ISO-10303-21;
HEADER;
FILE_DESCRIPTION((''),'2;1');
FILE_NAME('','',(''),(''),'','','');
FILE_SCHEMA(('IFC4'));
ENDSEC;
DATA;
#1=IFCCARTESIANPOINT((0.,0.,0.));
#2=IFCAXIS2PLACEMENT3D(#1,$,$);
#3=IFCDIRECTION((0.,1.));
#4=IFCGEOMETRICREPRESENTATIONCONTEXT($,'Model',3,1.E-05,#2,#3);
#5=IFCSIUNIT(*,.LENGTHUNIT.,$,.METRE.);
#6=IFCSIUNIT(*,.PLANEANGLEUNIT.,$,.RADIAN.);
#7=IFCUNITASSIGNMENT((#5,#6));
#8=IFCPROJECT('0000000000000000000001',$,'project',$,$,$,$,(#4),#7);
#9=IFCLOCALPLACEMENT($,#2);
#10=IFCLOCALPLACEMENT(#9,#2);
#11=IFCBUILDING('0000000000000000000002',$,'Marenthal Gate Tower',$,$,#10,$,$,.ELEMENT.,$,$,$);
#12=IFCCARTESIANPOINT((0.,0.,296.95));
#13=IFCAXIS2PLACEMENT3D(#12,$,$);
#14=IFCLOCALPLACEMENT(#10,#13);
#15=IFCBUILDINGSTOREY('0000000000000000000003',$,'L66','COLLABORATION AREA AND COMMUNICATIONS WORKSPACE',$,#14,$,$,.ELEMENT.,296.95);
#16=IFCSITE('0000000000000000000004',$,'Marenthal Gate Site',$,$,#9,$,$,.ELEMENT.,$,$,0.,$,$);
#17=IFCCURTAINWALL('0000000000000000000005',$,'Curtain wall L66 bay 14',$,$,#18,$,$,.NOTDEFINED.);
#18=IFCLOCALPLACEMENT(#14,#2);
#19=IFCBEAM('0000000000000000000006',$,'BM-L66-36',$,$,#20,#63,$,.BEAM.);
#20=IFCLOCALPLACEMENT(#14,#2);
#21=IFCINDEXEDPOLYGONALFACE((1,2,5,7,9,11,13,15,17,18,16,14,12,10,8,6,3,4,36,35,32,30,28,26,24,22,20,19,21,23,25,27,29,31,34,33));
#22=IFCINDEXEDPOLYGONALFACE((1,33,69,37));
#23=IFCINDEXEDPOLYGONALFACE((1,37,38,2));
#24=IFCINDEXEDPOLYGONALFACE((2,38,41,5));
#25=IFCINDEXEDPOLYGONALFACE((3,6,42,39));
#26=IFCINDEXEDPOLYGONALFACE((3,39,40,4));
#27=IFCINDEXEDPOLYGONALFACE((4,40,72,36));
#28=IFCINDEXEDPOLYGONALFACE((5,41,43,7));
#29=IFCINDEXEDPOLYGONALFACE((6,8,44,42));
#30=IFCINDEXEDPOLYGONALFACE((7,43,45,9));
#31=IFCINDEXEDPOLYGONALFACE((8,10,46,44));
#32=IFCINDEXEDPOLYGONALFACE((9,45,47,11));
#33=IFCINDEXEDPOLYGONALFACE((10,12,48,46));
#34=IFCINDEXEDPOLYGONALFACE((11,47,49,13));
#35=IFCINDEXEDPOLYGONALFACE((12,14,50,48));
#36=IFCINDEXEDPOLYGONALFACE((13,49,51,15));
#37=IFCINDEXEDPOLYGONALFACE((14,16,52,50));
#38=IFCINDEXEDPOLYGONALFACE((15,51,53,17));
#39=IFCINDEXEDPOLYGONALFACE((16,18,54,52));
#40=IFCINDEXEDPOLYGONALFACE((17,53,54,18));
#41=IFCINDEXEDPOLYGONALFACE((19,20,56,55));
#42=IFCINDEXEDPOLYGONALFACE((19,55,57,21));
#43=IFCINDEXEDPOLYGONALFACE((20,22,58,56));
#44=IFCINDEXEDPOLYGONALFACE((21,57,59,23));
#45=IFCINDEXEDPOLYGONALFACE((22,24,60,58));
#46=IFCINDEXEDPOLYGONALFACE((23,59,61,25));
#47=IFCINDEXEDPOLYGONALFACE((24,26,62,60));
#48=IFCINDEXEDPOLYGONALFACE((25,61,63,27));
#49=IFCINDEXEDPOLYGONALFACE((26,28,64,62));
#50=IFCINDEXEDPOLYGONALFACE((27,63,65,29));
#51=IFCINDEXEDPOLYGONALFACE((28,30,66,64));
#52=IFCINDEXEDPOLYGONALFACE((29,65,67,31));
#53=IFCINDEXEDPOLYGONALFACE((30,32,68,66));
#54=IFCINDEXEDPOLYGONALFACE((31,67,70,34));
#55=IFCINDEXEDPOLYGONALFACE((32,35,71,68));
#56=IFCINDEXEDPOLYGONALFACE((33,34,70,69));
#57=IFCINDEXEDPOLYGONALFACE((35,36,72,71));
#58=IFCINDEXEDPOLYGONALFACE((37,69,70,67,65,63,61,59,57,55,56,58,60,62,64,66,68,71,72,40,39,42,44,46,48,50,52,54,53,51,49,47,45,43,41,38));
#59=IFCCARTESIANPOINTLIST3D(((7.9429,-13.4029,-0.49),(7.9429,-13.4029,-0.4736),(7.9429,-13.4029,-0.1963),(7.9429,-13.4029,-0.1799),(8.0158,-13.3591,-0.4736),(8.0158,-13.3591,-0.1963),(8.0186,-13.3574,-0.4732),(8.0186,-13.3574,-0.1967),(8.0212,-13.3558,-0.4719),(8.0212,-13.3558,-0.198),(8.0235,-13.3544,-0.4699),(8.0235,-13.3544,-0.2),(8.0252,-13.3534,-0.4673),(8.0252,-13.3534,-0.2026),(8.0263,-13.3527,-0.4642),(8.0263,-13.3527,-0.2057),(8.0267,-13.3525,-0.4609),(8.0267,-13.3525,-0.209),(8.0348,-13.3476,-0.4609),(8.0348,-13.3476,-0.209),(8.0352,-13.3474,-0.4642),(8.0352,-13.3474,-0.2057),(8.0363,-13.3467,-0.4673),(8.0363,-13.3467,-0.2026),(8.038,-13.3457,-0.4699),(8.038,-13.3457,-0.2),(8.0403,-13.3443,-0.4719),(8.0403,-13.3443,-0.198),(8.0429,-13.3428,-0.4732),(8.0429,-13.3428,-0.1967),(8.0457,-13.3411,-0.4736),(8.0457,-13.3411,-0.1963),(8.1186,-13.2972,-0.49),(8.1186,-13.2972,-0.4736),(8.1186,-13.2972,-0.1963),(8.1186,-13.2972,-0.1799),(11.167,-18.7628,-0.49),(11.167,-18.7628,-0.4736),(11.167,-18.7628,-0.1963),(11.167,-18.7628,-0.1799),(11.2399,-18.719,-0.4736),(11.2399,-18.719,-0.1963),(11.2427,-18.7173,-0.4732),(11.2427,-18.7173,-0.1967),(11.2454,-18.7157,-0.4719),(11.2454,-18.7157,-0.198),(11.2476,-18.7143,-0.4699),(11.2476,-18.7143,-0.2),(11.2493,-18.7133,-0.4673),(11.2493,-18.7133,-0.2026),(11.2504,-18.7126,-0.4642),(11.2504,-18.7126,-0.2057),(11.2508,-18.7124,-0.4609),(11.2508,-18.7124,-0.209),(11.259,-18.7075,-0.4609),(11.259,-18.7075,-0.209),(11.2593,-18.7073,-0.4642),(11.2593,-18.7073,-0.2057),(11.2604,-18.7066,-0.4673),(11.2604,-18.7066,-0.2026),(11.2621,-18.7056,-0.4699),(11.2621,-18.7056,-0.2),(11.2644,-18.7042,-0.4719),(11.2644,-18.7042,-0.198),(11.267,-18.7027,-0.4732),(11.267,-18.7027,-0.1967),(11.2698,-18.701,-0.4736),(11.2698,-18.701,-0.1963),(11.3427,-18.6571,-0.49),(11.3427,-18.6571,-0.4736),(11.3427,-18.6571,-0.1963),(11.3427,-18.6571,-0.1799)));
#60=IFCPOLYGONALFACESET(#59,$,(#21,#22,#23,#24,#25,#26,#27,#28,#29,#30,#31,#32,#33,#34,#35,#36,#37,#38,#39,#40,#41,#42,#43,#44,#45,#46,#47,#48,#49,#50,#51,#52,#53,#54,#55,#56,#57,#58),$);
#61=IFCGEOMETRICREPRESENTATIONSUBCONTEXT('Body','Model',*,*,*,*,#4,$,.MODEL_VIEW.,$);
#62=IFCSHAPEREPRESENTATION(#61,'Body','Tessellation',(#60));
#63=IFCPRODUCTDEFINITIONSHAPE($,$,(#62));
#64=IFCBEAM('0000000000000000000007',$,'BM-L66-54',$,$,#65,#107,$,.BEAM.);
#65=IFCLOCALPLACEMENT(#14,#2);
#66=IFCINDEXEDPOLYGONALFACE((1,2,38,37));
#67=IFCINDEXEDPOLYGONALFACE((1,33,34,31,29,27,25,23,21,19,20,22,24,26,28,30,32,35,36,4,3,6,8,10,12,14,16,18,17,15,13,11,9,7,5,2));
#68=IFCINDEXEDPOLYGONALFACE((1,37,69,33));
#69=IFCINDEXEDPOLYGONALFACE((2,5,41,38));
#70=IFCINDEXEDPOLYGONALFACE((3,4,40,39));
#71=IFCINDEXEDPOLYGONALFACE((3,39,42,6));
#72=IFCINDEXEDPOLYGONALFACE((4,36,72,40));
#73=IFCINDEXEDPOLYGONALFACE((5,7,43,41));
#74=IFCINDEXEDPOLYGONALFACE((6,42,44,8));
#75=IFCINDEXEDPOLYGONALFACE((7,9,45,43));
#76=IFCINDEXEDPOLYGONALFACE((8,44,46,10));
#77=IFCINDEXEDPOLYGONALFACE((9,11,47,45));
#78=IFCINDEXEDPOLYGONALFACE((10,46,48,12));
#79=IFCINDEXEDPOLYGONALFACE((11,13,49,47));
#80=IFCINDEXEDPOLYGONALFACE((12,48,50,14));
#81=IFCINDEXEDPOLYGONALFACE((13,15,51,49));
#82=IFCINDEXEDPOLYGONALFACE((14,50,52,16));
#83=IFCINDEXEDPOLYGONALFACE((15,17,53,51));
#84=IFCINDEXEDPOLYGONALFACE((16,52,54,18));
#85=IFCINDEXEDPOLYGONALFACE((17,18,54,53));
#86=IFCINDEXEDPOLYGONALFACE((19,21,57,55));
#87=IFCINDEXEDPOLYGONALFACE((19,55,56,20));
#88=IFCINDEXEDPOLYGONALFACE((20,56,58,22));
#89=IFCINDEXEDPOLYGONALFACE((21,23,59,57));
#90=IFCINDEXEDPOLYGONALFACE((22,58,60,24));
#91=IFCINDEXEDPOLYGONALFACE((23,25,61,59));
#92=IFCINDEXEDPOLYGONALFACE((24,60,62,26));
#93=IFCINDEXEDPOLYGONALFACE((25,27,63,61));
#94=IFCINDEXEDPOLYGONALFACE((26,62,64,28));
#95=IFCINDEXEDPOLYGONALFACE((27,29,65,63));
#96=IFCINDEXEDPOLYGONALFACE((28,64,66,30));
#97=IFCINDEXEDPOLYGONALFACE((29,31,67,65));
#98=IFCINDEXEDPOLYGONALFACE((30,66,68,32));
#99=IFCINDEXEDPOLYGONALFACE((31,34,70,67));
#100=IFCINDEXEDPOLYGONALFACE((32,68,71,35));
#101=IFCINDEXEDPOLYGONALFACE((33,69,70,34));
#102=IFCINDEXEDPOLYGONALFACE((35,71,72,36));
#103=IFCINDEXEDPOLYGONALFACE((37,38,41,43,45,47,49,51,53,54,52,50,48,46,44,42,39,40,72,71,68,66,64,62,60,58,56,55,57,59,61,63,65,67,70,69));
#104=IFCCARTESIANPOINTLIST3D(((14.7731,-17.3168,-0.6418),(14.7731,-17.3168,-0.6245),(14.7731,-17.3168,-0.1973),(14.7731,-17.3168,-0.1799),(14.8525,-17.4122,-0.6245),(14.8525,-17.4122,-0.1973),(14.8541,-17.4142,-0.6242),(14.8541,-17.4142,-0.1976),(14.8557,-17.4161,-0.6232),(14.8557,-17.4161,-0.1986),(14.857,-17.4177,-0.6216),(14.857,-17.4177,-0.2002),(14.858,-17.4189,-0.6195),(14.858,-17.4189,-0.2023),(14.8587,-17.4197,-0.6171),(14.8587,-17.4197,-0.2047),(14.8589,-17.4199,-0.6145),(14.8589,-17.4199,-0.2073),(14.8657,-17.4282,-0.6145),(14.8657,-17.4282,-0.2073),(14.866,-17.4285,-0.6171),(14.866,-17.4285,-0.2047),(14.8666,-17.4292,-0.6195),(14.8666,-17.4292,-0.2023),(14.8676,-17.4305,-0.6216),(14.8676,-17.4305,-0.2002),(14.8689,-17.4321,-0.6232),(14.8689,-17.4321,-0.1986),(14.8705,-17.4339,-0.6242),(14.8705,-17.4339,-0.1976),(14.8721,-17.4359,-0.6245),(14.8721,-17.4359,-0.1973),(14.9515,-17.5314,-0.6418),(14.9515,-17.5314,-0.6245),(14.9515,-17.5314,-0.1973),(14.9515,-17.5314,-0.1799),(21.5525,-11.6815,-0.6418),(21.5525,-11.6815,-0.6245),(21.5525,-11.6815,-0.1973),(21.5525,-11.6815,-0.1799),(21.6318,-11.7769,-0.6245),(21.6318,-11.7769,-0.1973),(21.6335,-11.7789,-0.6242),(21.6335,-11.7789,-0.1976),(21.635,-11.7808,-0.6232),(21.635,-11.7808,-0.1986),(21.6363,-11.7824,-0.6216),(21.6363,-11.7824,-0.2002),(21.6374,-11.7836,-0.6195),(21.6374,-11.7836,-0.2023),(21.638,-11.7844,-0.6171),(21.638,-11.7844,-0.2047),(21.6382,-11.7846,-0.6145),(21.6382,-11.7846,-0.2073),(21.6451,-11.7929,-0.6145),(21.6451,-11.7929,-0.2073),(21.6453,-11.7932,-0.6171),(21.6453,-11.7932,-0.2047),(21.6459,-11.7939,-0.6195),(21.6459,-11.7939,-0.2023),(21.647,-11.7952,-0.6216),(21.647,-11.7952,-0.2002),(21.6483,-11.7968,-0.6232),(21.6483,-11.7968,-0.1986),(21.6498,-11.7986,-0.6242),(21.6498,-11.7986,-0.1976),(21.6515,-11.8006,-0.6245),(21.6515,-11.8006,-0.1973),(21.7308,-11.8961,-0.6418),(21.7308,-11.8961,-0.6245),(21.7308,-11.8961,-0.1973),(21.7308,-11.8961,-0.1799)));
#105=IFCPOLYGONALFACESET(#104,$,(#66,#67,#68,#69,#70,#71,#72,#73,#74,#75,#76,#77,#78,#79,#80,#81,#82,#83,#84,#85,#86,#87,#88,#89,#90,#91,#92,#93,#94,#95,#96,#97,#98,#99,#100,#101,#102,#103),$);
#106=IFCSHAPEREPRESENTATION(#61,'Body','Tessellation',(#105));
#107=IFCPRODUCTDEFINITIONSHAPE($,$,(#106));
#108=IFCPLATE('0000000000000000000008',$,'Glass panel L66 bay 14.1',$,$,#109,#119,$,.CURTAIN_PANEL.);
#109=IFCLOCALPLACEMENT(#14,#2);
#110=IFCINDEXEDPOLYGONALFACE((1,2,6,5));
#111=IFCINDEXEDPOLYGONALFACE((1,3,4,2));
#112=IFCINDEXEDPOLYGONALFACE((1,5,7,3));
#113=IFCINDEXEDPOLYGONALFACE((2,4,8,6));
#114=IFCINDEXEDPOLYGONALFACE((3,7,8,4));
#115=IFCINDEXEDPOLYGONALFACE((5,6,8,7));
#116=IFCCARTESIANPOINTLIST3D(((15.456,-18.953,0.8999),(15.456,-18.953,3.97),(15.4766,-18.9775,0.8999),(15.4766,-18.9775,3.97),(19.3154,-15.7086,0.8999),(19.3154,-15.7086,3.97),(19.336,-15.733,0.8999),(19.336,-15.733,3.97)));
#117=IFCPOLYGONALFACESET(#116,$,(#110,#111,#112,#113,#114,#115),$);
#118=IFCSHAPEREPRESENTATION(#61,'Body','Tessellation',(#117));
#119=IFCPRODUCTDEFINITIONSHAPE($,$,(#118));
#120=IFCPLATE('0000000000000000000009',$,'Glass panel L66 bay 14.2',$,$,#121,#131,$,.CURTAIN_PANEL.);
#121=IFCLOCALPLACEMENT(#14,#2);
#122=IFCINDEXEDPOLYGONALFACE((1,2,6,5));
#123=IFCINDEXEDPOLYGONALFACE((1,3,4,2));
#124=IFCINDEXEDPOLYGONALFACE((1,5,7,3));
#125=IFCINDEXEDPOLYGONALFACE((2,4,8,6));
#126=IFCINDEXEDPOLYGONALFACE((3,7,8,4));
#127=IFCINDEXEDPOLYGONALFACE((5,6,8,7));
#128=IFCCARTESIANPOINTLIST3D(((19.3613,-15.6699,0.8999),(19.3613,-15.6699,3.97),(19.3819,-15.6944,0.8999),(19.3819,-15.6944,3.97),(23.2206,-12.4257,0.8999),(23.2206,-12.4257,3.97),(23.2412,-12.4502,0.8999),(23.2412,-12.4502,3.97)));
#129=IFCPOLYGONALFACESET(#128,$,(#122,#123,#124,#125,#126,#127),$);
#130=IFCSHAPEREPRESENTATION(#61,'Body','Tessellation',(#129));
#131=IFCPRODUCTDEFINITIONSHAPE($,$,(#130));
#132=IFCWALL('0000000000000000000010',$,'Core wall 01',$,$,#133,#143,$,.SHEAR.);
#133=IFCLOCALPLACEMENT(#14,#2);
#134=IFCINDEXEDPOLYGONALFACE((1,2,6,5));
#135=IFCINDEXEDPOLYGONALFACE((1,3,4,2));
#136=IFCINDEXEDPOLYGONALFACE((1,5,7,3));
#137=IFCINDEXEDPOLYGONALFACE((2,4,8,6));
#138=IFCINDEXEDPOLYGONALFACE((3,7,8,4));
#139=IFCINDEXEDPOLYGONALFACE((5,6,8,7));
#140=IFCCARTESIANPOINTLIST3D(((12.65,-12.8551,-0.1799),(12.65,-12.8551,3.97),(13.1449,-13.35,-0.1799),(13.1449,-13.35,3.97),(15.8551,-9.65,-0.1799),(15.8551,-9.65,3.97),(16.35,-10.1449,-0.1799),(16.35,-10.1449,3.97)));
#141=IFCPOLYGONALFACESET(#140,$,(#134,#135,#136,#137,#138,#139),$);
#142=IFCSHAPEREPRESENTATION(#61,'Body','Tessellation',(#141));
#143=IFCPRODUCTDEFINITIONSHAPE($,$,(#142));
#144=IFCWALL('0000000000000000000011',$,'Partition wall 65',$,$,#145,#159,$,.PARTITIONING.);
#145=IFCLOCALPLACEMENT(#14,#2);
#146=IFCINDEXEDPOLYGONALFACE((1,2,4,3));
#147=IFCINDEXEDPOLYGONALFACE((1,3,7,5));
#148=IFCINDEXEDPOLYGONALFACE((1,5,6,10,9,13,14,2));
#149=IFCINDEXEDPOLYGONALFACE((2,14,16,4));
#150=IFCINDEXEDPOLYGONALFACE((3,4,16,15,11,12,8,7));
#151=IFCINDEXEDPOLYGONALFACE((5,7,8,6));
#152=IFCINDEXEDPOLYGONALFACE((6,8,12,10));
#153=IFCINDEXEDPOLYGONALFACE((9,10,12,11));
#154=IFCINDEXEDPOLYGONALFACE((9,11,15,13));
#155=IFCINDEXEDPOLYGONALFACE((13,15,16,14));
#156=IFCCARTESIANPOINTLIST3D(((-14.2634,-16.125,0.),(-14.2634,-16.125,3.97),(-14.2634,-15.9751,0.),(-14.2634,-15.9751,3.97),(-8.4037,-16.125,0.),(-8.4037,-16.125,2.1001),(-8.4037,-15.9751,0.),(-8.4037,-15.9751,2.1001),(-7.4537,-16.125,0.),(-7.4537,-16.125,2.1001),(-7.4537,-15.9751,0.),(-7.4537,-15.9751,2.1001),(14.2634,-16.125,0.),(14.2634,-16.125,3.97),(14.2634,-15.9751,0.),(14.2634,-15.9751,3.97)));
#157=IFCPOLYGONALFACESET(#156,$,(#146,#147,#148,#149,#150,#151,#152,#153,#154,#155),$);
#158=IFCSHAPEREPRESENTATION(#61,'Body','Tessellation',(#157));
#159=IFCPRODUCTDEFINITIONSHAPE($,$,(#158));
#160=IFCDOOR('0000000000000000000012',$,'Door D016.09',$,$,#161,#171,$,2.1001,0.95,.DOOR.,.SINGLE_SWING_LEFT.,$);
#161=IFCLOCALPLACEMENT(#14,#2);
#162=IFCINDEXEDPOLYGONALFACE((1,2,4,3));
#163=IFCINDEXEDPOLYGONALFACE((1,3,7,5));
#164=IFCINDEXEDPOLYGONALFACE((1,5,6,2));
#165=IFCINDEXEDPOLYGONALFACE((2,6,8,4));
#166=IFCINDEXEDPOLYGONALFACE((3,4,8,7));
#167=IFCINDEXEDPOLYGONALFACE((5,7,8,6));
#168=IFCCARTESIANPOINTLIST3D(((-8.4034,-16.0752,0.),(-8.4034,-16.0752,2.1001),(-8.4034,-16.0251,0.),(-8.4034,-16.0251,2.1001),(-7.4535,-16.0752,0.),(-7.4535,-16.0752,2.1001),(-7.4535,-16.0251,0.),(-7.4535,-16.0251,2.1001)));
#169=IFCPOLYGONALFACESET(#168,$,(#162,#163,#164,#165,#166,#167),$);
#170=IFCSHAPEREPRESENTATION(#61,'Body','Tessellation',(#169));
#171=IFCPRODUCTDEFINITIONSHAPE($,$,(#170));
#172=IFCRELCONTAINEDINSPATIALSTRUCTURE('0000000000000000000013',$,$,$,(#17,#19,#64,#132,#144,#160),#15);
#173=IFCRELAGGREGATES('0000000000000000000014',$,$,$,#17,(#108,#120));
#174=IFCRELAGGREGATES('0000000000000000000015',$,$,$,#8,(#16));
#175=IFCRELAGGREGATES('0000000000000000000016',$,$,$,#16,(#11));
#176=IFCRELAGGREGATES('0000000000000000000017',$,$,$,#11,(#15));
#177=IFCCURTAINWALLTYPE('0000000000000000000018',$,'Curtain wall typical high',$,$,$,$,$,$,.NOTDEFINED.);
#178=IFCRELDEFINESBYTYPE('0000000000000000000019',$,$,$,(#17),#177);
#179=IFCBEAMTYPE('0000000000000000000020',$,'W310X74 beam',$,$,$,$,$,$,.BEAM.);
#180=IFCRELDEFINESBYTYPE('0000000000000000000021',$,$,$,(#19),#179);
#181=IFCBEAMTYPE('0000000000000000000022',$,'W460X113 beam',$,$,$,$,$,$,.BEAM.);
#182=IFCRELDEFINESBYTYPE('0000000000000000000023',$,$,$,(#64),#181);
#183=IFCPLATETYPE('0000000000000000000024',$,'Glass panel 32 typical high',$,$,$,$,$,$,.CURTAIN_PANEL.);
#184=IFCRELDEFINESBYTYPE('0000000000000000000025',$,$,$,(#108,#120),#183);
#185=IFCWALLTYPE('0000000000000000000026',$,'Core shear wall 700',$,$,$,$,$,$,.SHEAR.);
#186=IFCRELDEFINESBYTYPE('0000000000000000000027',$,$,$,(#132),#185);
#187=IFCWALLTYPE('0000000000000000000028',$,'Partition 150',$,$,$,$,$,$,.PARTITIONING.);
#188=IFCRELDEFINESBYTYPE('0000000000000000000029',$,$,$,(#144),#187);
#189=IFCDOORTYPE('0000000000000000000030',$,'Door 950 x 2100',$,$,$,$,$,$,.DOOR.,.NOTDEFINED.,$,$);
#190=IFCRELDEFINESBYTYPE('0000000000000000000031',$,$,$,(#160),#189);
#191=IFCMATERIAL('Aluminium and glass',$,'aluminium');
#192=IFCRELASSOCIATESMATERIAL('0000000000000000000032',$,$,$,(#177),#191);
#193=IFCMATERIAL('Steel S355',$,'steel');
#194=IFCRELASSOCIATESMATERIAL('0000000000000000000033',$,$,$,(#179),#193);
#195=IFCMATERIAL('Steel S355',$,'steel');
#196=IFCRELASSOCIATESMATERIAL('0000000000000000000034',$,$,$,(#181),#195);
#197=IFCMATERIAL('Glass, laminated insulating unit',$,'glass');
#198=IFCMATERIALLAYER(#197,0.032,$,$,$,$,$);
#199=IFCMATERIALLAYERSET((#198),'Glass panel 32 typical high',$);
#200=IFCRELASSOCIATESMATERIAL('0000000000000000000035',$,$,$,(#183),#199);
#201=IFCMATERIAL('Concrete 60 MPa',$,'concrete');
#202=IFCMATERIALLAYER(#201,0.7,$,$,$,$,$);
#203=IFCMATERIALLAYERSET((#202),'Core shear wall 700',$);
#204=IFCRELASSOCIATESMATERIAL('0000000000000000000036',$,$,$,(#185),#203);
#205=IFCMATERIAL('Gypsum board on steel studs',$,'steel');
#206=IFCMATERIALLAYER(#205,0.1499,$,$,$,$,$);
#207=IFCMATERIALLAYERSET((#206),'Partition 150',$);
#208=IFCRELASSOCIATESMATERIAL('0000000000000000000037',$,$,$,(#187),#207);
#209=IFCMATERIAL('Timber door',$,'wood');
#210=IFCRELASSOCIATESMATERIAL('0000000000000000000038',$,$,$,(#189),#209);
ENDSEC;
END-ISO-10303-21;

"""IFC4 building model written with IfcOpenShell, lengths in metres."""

from ifc_helpers import new_model, si_unit, direction, frame, frame_2d, origin, origin_2d, place, context, subcontext, project, spatial, rectangle, i_section, extrude, material, layer, layer_set, material_profile, profile_set, type_object, element, fill, aggregate, save


model = new_model("IFC4")

# Units and contexts
model_context = context("Model", 3, precision=1e-05, world=origin(), true_north=direction((0.0, 1.0)))
body_context = subcontext(model_context, "Body", "Model", "MODEL_VIEW")
ifc_project = project(units=[si_unit("LENGTHUNIT", "METRE"), si_unit("PLANEANGLEUNIT", "RADIAN")], contexts=[model_context])

# Site, building, storey
site_placement = place(None, origin())
site = spatial("IfcSite", under=ifc_project, at=site_placement, Name="Marenthal Gate Site", CompositionType="ELEMENT", RefElevation=0.0)
building_placement = place(site_placement, origin())
building = spatial("IfcBuilding", under=site, at=building_placement, Name="Marenthal Gate Tower", CompositionType="ELEMENT")
storey_placement = place(building_placement, frame((0.0, 0.0, 296.95)))
storey = spatial("IfcBuildingStorey", under=building, at=storey_placement, Name="L66", Description="COLLABORATION AREA AND COMMUNICATIONS WORKSPACE", CompositionType="ELEMENT", Elevation=296.95)

# Curtain wall
ifc_material_1 = material(Name="Aluminium and glass", Category="aluminium")
curtain_wall_type = type_object("IfcCurtainWallType", Name="Curtain wall typical high", PredefinedType="NOTDEFINED", material=ifc_material_1)
curtain_wall_placement = place(storey_placement, origin())
curtain_wall = element("IfcCurtainWall", 1, at=curtain_wall_placement, inside=storey, type_object=curtain_wall_type, Name="Curtain wall L66 bay 14", PredefinedType="NOTDEFINED")

# Beams
ifc_material_2 = material(Name="Steel S355", Category="steel")
ifc_material_profile_1 = material_profile(ifc_material_2, i_section(OverallWidth=0.2051, OverallDepth=0.3101, WebThickness=0.0095, FlangeThickness=0.0164, FilletRadius=0.0127, at=origin_2d()), Name="W310X74")
ifc_profile_set_1 = profile_set([ifc_material_profile_1], Name="Steel S355")
beam_type_1 = type_object("IfcBeamType", Name="W310X74 beam", PredefinedType="BEAM", material=ifc_profile_set_1)
beam_1_placement = place(storey_placement, frame((11.2549, -18.71, -0.335), z_axis=(-0.51546, 0.856914, 0.0), x_axis=(-0.856914, -0.51546, 0.0)))
element("IfcBeam", 2, at=beam_1_placement, inside=storey, type_object=beam_type_1, Name="BM-L66-36", PredefinedType="BEAM", context=body_context, shape_type="SweptSolid", body=[
    extrude(i_section(OverallWidth=0.2051, OverallDepth=0.3101, WebThickness=0.0095, FlangeThickness=0.0164, FilletRadius=0.0127, at=origin_2d()), origin(), (0.0, 0.0, 1.0), 6.2549),
])
ifc_material_3 = material(Name="Steel S355", Category="steel")
ifc_material_profile_2 = material_profile(ifc_material_3, i_section(OverallWidth=0.2791, OverallDepth=0.4619, WebThickness=0.0107, FlangeThickness=0.0173, FilletRadius=0.01, at=origin_2d()), Name="W460X113")
ifc_profile_set_2 = profile_set([ifc_material_profile_2], Name="Steel S355")
beam_type_2 = type_object("IfcBeamType", Name="W460X113 beam", PredefinedType="BEAM", material=ifc_profile_set_2)
beam_2_placement = place(storey_placement, frame((14.8623, -17.4241, -0.4109), z_axis=(0.769011, 0.639236, 0.0), x_axis=(-0.639236, 0.769011, 0.0)))
element("IfcBeam", 3, at=beam_2_placement, inside=storey, type_object=beam_type_2, Name="BM-L66-54", PredefinedType="BEAM", context=body_context, shape_type="SweptSolid", body=[
    extrude(i_section(OverallWidth=0.2791, OverallDepth=0.4619, WebThickness=0.0107, FlangeThickness=0.0173, FilletRadius=0.01, at=origin_2d()), origin(), (0.0, 0.0, 1.0), 8.8157),
])

# Plates
ifc_material_4 = material(Name="Glass, laminated insulating unit", Category="glass")
ifc_layer_1 = layer(ifc_material_4, 0.032)
ifc_layer_set_1 = layer_set([ifc_layer_1], Name="Glass panel 32 typical high")
plate_type = type_object("IfcPlateType", Name="Glass panel 32 typical high", PredefinedType="CURTAIN_PANEL", material=ifc_layer_set_1)
plate_1_placement = place(storey_placement, frame((17.396, -17.343, 0.8999), z_axis=(0.0, 0.0, 1.0), x_axis=(0.765463, 0.64348, 0.0)))
plate_1 = element("IfcPlate", 4, at=plate_1_placement, type_object=plate_type, Name="Glass panel L66 bay 14.1", PredefinedType="CURTAIN_PANEL", context=body_context, shape_type="SweptSolid", body=[
    extrude(rectangle(XDim=5.042, YDim=0.032, at=origin_2d()), origin(), (0.0, 0.0, 1.0), 3.0701),
])
plate_2_placement = place(storey_placement, frame((21.3013, -14.0601, 0.8999), z_axis=(0.0, 0.0, 1.0), x_axis=(0.765463, 0.64348, 0.0)))
plate_2 = element("IfcPlate", 5, at=plate_2_placement, type_object=plate_type, Name="Glass panel L66 bay 14.2", PredefinedType="CURTAIN_PANEL", context=body_context, shape_type="SweptSolid", body=[
    extrude(rectangle(XDim=5.0417, YDim=0.032, at=origin_2d()), origin(), (0.0, 0.0, 1.0), 3.0701),
])
aggregate(curtain_wall, [plate_1, plate_2])

# Wall
ifc_material_5 = material(Name="Concrete 60 MPa", Category="concrete")
ifc_layer_2 = layer(ifc_material_5, 0.7)
ifc_layer_set_2 = layer_set([ifc_layer_2], Name="Core shear wall 700")
wall_type_1 = type_object("IfcWallType", Name="Core shear wall 700", PredefinedType="SHEAR", material=ifc_layer_set_2)
wall_1_placement = place(storey_placement, frame((12.8975, -13.1025, -0.1799), z_axis=(0.0, 0.0, 1.0), x_axis=(0.707107, 0.707107, 0.0)))
element("IfcWall", 6, at=wall_1_placement, inside=storey, type_object=wall_type_1, Name="Core wall 01", PredefinedType="SHEAR", context=body_context, shape_type="SweptSolid", body=[
    extrude(rectangle(XDim=4.5327, YDim=0.7, at=frame_2d((2.2664, 0.0))), origin(), (0.0, 0.0, 1.0), 4.1499),
])

# Wall, opening, door
ifc_material_6 = material(Name="Gypsum board on steel studs", Category="steel")
ifc_layer_3 = layer(ifc_material_6, 0.1499)
ifc_layer_set_3 = layer_set([ifc_layer_3], Name="Partition 150")
wall_type_2 = type_object("IfcWallType", Name="Partition 150", PredefinedType="PARTITIONING", material=ifc_layer_set_3)
wall_2_placement = place(storey_placement, frame((14.2634, -16.05, 0.0), z_axis=(0.0, 0.0, 1.0), x_axis=(-1.0, 0.0, 0.0)))
wall_2 = element("IfcWall", 7, at=wall_2_placement, inside=storey, type_object=wall_type_2, Name="Partition wall 65", PredefinedType="PARTITIONING", context=body_context, shape_type="SweptSolid", body=[
    extrude(rectangle(XDim=28.5269, YDim=0.1499, at=frame_2d((14.2634, 0.0))), origin(), (0.0, 0.0, 1.0), 3.97),
])
opening_1_placement = place(wall_2_placement, frame((21.717, 0.0, 0.0)))
opening_1 = element("IfcOpeningElement", 8, at=opening_1_placement, cuts=wall_2, PredefinedType="OPENING", context=body_context, shape_type="SweptSolid", body=[
    extrude(rectangle(XDim=0.95, YDim=2.1001, at=frame_2d((0.4751, 1.05))), frame((0.0, 0.085, 0.0), z_axis=(0.0, -1.0, 0.0), x_axis=(1.0, 0.0, 0.0)), (0.0, 0.0, 1.0), 0.1699),
])
ifc_material_7 = material(Name="Timber door", Category="wood")
door_type_1 = type_object("IfcDoorType", Name="Door 950 x 2100", OperationType="NOTDEFINED", PredefinedType="DOOR", material=ifc_material_7)
door_1_placement = place(opening_1_placement, frame((0.95, 0.0, 0.0), z_axis=(0.0, 0.0, 1.0), x_axis=(-1.0, 0.0, 0.0)))
door_1 = element("IfcDoor", 9, at=door_1_placement, inside=storey, type_object=door_type_1, Name="Door D016.09", OperationType="SINGLE_SWING_LEFT", OverallHeight=2.1001, OverallWidth=0.95, PredefinedType="DOOR", context=body_context, shape_type="SweptSolid", body=[
    extrude(rectangle(XDim=0.95, YDim=2.1001, at=frame_2d((0.4751, 1.05))), frame((0.0, 0.0249, 0.0), z_axis=(0.0, -1.0, 0.0), x_axis=(1.0, 0.0, 0.0)), (0.0, 0.0, 1.0), 0.05),
])
fill(opening_1, door_1)

save(model, "model.ifc")
